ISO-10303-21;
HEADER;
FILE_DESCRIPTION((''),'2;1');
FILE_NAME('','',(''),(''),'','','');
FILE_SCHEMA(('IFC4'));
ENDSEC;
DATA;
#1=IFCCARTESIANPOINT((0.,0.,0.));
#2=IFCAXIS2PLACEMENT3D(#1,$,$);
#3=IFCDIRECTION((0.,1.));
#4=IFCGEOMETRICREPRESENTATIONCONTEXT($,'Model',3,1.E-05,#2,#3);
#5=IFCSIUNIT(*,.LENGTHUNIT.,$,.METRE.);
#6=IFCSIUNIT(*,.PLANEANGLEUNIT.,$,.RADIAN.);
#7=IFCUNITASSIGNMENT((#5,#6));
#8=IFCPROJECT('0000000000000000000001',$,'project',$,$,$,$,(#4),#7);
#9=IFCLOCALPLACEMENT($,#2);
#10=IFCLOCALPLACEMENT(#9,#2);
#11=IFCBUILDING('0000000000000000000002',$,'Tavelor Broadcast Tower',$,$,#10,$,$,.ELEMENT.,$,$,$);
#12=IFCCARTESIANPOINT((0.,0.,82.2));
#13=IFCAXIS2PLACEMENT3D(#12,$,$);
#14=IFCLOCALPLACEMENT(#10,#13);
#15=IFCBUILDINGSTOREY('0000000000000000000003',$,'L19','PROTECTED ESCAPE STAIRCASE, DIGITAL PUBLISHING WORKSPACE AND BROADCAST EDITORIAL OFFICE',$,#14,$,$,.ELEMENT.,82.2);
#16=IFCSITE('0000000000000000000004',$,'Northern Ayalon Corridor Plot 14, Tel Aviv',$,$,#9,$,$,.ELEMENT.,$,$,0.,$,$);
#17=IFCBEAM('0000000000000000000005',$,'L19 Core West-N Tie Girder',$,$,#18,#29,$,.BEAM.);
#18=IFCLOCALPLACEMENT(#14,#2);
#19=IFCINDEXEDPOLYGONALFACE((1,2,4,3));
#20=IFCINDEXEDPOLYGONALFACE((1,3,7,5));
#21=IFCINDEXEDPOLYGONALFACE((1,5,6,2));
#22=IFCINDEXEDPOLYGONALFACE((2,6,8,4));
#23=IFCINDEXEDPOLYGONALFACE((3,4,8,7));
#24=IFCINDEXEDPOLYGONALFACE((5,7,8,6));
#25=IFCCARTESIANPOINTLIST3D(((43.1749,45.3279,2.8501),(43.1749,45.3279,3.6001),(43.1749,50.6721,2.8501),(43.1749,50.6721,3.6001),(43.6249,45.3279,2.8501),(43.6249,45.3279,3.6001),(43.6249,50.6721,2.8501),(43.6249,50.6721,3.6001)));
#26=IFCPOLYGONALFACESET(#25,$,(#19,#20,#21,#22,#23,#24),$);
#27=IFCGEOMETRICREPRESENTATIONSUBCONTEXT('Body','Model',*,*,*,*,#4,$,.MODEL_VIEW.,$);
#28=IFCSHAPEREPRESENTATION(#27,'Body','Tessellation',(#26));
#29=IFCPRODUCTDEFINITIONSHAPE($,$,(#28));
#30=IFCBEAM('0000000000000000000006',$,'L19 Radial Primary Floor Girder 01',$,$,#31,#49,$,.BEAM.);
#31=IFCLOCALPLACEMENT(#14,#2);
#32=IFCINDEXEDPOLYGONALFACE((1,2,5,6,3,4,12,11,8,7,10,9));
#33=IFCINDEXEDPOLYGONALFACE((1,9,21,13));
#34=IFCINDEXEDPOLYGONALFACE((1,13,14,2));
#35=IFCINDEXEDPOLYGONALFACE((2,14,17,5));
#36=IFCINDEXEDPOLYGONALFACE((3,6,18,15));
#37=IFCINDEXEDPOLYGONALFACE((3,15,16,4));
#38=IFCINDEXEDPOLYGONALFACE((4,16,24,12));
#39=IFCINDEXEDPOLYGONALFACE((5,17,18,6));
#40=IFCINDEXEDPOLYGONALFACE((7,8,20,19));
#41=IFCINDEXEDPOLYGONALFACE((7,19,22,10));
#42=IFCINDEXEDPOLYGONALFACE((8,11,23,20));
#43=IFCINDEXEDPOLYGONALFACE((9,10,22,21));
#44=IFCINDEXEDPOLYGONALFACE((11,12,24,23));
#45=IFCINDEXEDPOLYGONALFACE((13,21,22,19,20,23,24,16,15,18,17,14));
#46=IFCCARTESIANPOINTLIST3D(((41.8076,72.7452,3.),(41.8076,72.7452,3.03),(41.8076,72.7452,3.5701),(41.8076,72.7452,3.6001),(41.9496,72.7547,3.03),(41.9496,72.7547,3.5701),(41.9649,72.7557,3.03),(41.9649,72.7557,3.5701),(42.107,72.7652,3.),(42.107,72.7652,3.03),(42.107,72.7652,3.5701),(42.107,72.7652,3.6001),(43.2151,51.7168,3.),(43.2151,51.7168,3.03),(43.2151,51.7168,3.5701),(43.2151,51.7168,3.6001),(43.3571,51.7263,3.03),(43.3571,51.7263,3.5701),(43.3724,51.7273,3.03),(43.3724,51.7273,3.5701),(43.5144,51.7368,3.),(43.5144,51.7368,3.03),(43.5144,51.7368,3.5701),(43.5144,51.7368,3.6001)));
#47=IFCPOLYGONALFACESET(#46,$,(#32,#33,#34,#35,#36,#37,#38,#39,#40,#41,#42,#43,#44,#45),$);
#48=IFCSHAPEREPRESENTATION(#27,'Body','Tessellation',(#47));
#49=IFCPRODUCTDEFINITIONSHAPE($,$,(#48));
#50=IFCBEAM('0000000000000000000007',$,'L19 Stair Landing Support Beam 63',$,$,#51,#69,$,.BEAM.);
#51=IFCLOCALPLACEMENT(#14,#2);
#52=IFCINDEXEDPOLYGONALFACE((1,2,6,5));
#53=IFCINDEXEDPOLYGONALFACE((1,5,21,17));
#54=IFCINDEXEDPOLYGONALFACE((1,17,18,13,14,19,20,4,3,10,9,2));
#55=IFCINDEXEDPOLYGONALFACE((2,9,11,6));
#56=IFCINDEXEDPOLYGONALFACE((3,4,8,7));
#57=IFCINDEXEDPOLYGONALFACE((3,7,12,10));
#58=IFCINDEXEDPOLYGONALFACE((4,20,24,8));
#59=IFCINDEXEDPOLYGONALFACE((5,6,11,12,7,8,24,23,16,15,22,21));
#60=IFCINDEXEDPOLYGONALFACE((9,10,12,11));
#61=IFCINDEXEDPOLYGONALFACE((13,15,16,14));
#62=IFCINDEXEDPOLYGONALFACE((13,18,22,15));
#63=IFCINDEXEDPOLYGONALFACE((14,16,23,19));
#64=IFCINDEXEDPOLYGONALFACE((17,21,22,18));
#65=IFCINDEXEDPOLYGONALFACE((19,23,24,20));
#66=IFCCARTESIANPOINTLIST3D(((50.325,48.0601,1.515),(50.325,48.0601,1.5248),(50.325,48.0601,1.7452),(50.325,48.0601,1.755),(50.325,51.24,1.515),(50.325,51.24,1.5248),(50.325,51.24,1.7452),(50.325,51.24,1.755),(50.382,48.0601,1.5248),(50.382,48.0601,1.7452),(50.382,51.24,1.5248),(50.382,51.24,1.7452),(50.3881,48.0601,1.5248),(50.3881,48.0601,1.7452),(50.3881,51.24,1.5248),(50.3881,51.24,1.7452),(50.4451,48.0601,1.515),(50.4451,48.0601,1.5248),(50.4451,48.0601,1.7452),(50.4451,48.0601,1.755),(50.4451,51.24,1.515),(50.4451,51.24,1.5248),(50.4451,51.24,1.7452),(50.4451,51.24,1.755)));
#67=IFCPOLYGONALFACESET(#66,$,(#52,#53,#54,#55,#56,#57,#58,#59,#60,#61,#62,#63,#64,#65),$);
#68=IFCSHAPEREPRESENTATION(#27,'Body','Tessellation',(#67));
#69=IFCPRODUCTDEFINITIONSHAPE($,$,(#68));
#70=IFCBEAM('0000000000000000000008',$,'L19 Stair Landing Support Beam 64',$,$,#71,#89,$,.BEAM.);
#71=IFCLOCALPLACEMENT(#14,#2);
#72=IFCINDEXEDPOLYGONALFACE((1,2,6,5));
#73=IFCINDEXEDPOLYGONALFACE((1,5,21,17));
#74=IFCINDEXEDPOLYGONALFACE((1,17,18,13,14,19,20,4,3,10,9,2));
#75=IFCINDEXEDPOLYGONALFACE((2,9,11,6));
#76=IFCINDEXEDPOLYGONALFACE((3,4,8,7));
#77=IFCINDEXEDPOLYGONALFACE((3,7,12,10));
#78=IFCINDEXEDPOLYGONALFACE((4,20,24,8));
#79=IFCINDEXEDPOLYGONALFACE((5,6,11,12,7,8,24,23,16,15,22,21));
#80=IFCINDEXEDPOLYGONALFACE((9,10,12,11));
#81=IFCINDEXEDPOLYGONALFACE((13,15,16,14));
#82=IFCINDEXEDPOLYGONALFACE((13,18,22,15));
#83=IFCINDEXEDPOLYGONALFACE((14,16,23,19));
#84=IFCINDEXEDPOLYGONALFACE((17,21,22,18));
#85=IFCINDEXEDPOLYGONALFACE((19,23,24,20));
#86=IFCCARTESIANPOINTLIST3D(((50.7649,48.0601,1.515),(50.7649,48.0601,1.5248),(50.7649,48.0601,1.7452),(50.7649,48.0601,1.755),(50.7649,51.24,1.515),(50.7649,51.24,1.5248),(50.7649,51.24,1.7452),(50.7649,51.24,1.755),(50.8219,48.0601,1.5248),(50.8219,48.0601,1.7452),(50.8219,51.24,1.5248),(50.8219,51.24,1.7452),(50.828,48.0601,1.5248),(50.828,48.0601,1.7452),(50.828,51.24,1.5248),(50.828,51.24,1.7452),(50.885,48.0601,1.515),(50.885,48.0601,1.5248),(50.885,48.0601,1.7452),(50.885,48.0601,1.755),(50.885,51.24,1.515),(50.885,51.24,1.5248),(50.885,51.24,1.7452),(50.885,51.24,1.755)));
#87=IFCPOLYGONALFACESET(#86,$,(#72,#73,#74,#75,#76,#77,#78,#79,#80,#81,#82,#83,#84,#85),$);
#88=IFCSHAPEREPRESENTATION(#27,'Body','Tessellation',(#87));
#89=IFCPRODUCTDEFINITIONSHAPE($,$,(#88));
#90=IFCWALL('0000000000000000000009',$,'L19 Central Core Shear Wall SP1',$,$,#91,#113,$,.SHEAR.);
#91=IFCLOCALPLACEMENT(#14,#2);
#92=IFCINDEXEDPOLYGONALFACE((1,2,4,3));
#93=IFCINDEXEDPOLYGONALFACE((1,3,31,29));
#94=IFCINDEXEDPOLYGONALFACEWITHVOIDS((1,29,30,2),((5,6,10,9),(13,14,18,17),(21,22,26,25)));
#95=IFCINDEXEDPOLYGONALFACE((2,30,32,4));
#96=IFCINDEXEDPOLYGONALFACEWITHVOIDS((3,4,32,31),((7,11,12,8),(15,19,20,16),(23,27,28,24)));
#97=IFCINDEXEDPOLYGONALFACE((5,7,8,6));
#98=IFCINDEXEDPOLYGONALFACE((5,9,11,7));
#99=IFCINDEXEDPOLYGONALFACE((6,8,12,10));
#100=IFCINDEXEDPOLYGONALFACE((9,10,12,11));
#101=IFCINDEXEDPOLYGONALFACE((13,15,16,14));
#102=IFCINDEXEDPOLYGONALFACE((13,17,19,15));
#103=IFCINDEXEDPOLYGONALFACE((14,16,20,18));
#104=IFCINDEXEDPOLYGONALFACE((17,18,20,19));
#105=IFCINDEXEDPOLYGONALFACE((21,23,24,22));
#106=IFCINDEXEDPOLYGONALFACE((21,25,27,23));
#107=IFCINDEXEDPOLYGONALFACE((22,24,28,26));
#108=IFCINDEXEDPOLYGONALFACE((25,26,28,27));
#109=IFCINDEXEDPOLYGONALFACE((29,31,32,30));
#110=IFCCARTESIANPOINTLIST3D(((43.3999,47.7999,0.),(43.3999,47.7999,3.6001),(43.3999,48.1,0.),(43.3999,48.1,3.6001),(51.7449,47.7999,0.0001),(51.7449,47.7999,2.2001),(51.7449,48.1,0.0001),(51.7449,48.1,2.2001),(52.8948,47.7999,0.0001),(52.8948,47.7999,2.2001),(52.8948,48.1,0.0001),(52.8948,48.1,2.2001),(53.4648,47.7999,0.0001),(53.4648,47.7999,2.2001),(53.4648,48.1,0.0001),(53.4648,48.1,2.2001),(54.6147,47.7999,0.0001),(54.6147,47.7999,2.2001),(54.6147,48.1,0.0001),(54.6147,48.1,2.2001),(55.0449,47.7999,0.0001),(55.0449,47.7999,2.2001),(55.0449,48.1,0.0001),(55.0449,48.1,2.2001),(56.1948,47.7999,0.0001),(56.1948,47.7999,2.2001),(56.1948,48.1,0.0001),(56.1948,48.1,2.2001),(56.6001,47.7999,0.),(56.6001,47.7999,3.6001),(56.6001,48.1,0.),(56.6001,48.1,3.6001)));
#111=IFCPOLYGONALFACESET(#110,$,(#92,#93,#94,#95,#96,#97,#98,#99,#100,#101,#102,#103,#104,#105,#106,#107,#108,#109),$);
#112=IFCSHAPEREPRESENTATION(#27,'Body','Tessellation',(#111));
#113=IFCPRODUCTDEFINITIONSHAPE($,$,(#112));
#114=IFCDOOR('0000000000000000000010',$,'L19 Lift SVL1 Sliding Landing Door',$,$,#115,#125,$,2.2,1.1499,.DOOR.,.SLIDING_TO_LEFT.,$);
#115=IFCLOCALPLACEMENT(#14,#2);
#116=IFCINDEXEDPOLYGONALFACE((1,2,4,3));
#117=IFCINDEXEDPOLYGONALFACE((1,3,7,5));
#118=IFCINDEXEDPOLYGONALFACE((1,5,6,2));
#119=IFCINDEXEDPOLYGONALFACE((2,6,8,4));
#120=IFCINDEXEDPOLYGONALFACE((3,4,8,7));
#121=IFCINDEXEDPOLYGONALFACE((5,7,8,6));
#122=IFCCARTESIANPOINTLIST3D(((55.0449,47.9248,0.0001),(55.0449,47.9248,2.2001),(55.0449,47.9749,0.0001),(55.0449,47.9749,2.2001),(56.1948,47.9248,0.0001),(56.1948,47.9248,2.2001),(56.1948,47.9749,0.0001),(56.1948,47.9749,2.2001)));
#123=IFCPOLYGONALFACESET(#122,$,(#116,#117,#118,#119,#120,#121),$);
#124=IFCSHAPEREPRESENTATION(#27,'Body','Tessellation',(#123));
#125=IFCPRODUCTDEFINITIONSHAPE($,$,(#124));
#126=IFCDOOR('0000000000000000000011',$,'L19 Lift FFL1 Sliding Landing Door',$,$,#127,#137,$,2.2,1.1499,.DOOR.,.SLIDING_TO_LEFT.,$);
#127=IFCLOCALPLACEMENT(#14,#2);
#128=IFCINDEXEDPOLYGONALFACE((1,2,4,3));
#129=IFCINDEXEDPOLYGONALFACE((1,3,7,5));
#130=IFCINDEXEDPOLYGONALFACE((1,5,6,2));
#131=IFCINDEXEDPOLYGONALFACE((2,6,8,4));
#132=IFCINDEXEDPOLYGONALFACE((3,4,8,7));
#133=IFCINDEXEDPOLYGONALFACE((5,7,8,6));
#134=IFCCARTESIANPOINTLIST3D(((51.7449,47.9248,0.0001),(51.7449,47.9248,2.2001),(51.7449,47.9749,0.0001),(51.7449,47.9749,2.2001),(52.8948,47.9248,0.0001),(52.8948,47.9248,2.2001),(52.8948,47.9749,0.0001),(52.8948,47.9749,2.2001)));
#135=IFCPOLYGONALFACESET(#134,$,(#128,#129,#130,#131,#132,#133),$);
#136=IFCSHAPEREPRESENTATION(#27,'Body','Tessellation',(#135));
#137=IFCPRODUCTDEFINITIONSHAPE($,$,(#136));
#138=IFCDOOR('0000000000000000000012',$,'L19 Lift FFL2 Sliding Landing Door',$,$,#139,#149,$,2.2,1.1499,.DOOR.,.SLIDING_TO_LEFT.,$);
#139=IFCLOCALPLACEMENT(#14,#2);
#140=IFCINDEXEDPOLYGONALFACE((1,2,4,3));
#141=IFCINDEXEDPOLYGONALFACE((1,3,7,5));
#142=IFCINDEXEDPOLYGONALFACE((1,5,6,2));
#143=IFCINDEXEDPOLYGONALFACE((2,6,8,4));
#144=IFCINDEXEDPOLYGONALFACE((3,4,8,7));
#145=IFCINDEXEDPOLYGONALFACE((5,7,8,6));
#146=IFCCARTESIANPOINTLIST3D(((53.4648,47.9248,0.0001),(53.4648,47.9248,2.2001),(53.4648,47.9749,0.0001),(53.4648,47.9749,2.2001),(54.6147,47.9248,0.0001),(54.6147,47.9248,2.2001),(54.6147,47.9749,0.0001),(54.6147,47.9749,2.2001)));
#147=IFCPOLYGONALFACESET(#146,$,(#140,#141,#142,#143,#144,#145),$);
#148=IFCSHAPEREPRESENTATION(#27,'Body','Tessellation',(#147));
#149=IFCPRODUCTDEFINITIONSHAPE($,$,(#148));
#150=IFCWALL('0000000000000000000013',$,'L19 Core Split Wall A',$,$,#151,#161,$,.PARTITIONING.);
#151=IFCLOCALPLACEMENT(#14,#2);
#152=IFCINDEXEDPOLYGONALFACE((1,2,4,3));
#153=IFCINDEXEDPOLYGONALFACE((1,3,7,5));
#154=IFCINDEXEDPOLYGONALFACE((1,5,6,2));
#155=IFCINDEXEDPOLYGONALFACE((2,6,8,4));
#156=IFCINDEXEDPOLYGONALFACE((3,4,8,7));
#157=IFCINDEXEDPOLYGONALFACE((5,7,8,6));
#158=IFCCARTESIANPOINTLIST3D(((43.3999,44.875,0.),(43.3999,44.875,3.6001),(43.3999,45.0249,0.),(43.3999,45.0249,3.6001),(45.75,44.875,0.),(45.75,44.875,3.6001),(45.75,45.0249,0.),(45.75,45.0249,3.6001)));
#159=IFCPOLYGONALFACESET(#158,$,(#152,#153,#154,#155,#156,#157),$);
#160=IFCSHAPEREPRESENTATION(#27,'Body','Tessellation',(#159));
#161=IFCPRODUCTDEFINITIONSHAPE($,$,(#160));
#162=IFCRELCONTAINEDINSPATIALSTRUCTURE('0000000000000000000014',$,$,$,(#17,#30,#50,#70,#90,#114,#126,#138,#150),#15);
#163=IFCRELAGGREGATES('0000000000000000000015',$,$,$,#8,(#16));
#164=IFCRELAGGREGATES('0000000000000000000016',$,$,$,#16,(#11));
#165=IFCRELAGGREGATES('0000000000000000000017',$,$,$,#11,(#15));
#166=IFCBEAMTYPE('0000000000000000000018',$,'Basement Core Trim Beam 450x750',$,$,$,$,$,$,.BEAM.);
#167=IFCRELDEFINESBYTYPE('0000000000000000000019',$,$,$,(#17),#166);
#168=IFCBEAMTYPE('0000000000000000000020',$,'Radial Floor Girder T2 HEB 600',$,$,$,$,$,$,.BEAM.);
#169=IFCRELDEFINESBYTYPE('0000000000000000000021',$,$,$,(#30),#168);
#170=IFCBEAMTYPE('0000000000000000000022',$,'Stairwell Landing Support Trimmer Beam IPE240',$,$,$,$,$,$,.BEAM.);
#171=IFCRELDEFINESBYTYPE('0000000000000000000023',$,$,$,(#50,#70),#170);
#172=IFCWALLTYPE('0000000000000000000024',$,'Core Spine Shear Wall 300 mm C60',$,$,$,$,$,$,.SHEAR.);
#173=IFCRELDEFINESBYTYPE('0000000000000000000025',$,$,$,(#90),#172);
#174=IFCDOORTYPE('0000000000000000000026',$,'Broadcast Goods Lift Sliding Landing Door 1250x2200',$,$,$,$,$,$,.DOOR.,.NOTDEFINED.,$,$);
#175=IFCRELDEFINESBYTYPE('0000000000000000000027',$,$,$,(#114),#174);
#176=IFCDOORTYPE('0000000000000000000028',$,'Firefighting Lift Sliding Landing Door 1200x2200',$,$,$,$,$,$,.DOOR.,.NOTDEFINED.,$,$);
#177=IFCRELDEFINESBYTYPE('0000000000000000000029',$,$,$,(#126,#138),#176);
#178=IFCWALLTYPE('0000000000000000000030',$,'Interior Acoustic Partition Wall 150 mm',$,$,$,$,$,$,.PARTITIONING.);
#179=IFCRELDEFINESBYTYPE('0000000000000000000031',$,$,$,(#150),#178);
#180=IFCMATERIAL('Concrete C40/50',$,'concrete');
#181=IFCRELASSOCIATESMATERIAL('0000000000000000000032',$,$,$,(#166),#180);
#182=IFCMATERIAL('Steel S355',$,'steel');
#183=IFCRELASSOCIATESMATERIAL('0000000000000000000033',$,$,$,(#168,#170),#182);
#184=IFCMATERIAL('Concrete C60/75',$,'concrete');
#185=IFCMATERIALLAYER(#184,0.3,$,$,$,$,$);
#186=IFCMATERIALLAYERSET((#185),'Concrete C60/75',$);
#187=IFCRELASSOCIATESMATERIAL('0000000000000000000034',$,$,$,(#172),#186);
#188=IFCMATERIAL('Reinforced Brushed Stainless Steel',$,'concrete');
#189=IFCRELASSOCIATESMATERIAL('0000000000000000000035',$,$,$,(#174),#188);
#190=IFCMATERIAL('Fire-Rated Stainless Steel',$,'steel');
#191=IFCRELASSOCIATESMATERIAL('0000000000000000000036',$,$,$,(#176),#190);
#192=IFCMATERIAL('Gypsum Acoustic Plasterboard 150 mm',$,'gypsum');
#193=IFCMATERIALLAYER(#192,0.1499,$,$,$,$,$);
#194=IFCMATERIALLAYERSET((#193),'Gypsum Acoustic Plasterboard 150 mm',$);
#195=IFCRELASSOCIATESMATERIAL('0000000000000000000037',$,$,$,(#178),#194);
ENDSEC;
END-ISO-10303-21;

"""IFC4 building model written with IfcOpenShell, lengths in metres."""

from ifc_helpers import new_model, si_unit, direction, frame, frame_2d, origin, origin_2d, place, context, subcontext, project, spatial, rectangle, i_section, extrude, material, layer, layer_set, material_profile, profile_set, type_object, element, fill, save


model = new_model("IFC4")

# Units and contexts
model_context = context("Model", 3, precision=1e-05, world=origin(), true_north=direction((0.0, 1.0)))
body_context = subcontext(model_context, "Body", "Model", "MODEL_VIEW")
ifc_project = project(units=[si_unit("LENGTHUNIT", "METRE"), si_unit("PLANEANGLEUNIT", "RADIAN")], contexts=[model_context])

# Site, building, storey
site_placement = place(None, origin())
site = spatial("IfcSite", under=ifc_project, at=site_placement, Name="Northern Ayalon Corridor Plot 14, Tel Aviv", CompositionType="ELEMENT", RefElevation=0.0)
building_placement = place(site_placement, origin())
building = spatial("IfcBuilding", under=site, at=building_placement, Name="Tavelor Broadcast Tower", CompositionType="ELEMENT")
storey_placement = place(building_placement, frame((0.0, 0.0, 82.2)))
storey = spatial("IfcBuildingStorey", under=building, at=storey_placement, Name="L19", Description="PROTECTED ESCAPE STAIRCASE, DIGITAL PUBLISHING WORKSPACE AND BROADCAST EDITORIAL OFFICE", CompositionType="ELEMENT", Elevation=82.2)

# Beams
ifc_material_1 = material(Name="Concrete C40/50", Category="concrete")
ifc_material_profile_1 = material_profile(ifc_material_1, rectangle(XDim=0.45, YDim=0.75, at=origin_2d()), Name="RC 450x750")
ifc_profile_set_1 = profile_set([ifc_material_profile_1], Name="Concrete C40/50")
beam_type_1 = type_object("IfcBeamType", Name="Basement Core Trim Beam 450x750", PredefinedType="BEAM", material=ifc_profile_set_1)
beam_1_placement = place(storey_placement, frame((43.3999, 45.3279, 3.2251), z_axis=(0.0, 1.0, 0.0), x_axis=(-1.0, 0.0, 0.0)))
element("IfcBeam", 1, at=beam_1_placement, inside=storey, type_object=beam_type_1, Name="L19 Core West-N Tie Girder", PredefinedType="BEAM", context=body_context, shape_type="SweptSolid", body=[
    extrude(rectangle(XDim=0.45, YDim=0.75, at=origin_2d()), origin(), (0.0, 0.0, 1.0), 5.3442),
])
ifc_material_2 = material(Name="Steel S355", Category="steel")
ifc_material_profile_2 = material_profile(ifc_material_2, i_section(OverallWidth=0.3, OverallDepth=0.6001, WebThickness=0.0154, FlangeThickness=0.03, at=origin_2d()), Name="HEB 600")
ifc_profile_set_2 = profile_set([ifc_material_profile_2], Name="Steel S355")
beam_type_2 = type_object("IfcBeamType", Name="Radial Floor Girder T2 HEB 600", PredefinedType="BEAM", material=ifc_profile_set_2)
beam_2_placement = place(storey_placement, frame((43.3647, 51.7268, 3.3), z_axis=(-0.066783, 0.997768, 0.0), x_axis=(-0.997768, -0.066783, 0.0)))
element("IfcBeam", 2, at=beam_2_placement, inside=storey, type_object=beam_type_2, Name="L19 Radial Primary Floor Girder 01", PredefinedType="BEAM", context=body_context, shape_type="SweptSolid", body=[
    extrude(i_section(OverallWidth=0.3, OverallDepth=0.6001, WebThickness=0.0154, FlangeThickness=0.03, at=origin_2d()), origin(), (0.0, 0.0, 1.0), 21.0754),
])
ifc_material_profile_3 = material_profile(ifc_material_2, i_section(OverallWidth=0.1201, OverallDepth=0.24, WebThickness=0.0061, FlangeThickness=0.0098, at=origin_2d()), Name="IPE 240")
ifc_profile_set_3 = profile_set([ifc_material_profile_3], Name="Steel S355")
beam_type_3 = type_object("IfcBeamType", Name="Stairwell Landing Support Trimmer Beam IPE240", PredefinedType="BEAM", material=ifc_profile_set_3)
for number, where, z_axis, x_axis, name in (
    (3, (50.385, 48.0601, 1.635), (0.0, 1.0, 0.0), (-1.0, 0.0, 0.0), "L19 Stair Landing Support Beam 63"),
    (4, (50.825, 48.0601, 1.635), (0.0, 1.0, 0.0), (-1.0, 0.0, 0.0), "L19 Stair Landing Support Beam 64"),
):
    element("IfcBeam", number, at=place(storey_placement, frame(where, z_axis=z_axis, x_axis=x_axis)), inside=storey, type_object=beam_type_3, Name=name, PredefinedType="BEAM", context=body_context, shape_type="SweptSolid", body=[
        extrude(i_section(OverallWidth=0.1201, OverallDepth=0.24, WebThickness=0.0061, FlangeThickness=0.0098, at=origin_2d()), origin(), (0.0, 0.0, 1.0), 3.1799),
    ])

# Wall, openings, doors
ifc_material_3 = material(Name="Concrete C60/75", Category="concrete")
ifc_layer_1 = layer(ifc_material_3, 0.3)
ifc_layer_set_1 = layer_set([ifc_layer_1], Name="Concrete C60/75")
wall_type_1 = type_object("IfcWallType", Name="Core Spine Shear Wall 300 mm C60", PredefinedType="SHEAR", material=ifc_layer_set_1)
wall_1_placement = place(storey_placement, frame((43.3999, 47.95, 0.0), z_axis=(0.0, 0.0, 1.0), x_axis=(1.0, 0.0, 0.0)))
wall_1 = element("IfcWall", 5, at=wall_1_placement, inside=storey, type_object=wall_type_1, Name="L19 Central Core Shear Wall SP1", PredefinedType="SHEAR", context=body_context, shape_type="SweptSolid", body=[
    extrude(rectangle(XDim=13.2002, YDim=0.3, at=frame_2d((6.6001, 0.0))), origin(), (0.0, 0.0, 1.0), 3.6001),
])
opening_1_placement = place(wall_1_placement, frame((8.345, 0.0, 0.0)))
opening_1 = element("IfcOpeningElement", 6, at=opening_1_placement, cuts=wall_1, PredefinedType="OPENING", context=body_context, shape_type="SweptSolid", body=[
    extrude(rectangle(XDim=1.1499, YDim=2.2, at=frame_2d((0.575, 1.1001))), frame((0.0, 0.1602, 0.0), z_axis=(0.0, -1.0, 0.0), x_axis=(1.0, 0.0, 0.0)), (0.0, 0.0, 1.0), 0.3201),
])
opening_2_placement = place(wall_1_placement, frame((10.0649, 0.0, 0.0)))
opening_2 = element("IfcOpeningElement", 7, at=opening_2_placement, cuts=wall_1, PredefinedType="OPENING", context=body_context, shape_type="SweptSolid", body=[
    extrude(rectangle(XDim=1.1499, YDim=2.2, at=frame_2d((0.575, 1.1001))), frame((0.0, 0.1602, 0.0), z_axis=(0.0, -1.0, 0.0), x_axis=(1.0, 0.0, 0.0)), (0.0, 0.0, 1.0), 0.3201),
])
opening_3_placement = place(wall_1_placement, frame((11.645, 0.0, 0.0)))
opening_3 = element("IfcOpeningElement", 8, at=opening_3_placement, cuts=wall_1, PredefinedType="OPENING", context=body_context, shape_type="SweptSolid", body=[
    extrude(rectangle(XDim=1.1499, YDim=2.2, at=frame_2d((0.575, 1.1001))), frame((0.0, 0.1602, 0.0), z_axis=(0.0, -1.0, 0.0), x_axis=(1.0, 0.0, 0.0)), (0.0, 0.0, 1.0), 0.3201),
])
ifc_material_4 = material(Name="Reinforced Brushed Stainless Steel", Category="concrete")
door_type_1 = type_object("IfcDoorType", Name="Broadcast Goods Lift Sliding Landing Door 1250x2200", OperationType="NOTDEFINED", PredefinedType="DOOR", material=ifc_material_4)
door_1_placement = place(opening_3_placement, origin())
door_1 = element("IfcDoor", 9, at=door_1_placement, inside=storey, type_object=door_type_1, Name="L19 Lift SVL1 Sliding Landing Door", OperationType="SLIDING_TO_LEFT", OverallHeight=2.2, OverallWidth=1.1499, PredefinedType="DOOR", context=body_context, shape_type="SweptSolid", body=[
    extrude(rectangle(XDim=1.1499, YDim=2.2, at=frame_2d((0.575, 1.1001))), frame((0.0, 0.0249, 0.0), z_axis=(0.0, -1.0, 0.0), x_axis=(1.0, 0.0, 0.0)), (0.0, 0.0, 1.0), 0.05),
])
fill(opening_3, door_1)
ifc_material_5 = material(Name="Fire-Rated Stainless Steel", Category="steel")
door_type_2 = type_object("IfcDoorType", Name="Firefighting Lift Sliding Landing Door 1200x2200", OperationType="NOTDEFINED", PredefinedType="DOOR", material=ifc_material_5)
door_2_placement = place(opening_1_placement, origin())
door_2 = element("IfcDoor", 10, at=door_2_placement, inside=storey, type_object=door_type_2, Name="L19 Lift FFL1 Sliding Landing Door", OperationType="SLIDING_TO_LEFT", OverallHeight=2.2, OverallWidth=1.1499, PredefinedType="DOOR", context=body_context, shape_type="SweptSolid", body=[
    extrude(rectangle(XDim=1.1499, YDim=2.2, at=frame_2d((0.575, 1.1001))), frame((0.0, 0.0249, 0.0), z_axis=(0.0, -1.0, 0.0), x_axis=(1.0, 0.0, 0.0)), (0.0, 0.0, 1.0), 0.05),
])
fill(opening_1, door_2)
door_3_placement = place(opening_2_placement, origin())
door_3 = element("IfcDoor", 11, at=door_3_placement, inside=storey, type_object=door_type_2, Name="L19 Lift FFL2 Sliding Landing Door", OperationType="SLIDING_TO_LEFT", OverallHeight=2.2, OverallWidth=1.1499, PredefinedType="DOOR", context=body_context, shape_type="SweptSolid", body=[
    extrude(rectangle(XDim=1.1499, YDim=2.2, at=frame_2d((0.575, 1.1001))), frame((0.0, 0.0249, 0.0), z_axis=(0.0, -1.0, 0.0), x_axis=(1.0, 0.0, 0.0)), (0.0, 0.0, 1.0), 0.05),
])
fill(opening_2, door_3)

# Wall
ifc_material_6 = material(Name="Gypsum Acoustic Plasterboard 150 mm", Category="gypsum")
ifc_layer_2 = layer(ifc_material_6, 0.1499)
ifc_layer_set_2 = layer_set([ifc_layer_2], Name="Gypsum Acoustic Plasterboard 150 mm")
wall_type_2 = type_object("IfcWallType", Name="Interior Acoustic Partition Wall 150 mm", PredefinedType="PARTITIONING", material=ifc_layer_set_2)
wall_2_placement = place(storey_placement, frame((43.3999, 44.95, 0.0), z_axis=(0.0, 0.0, 1.0), x_axis=(1.0, 0.0, 0.0)))
element("IfcWall", 12, at=wall_2_placement, inside=storey, type_object=wall_type_2, Name="L19 Core Split Wall A", PredefinedType="PARTITIONING", context=body_context, shape_type="SweptSolid", body=[
    extrude(rectangle(XDim=2.3501, YDim=0.1499, at=frame_2d((1.175, 0.0))), origin(), (0.0, 0.0, 1.0), 3.6001),
])

save(model, "model.ifc")
